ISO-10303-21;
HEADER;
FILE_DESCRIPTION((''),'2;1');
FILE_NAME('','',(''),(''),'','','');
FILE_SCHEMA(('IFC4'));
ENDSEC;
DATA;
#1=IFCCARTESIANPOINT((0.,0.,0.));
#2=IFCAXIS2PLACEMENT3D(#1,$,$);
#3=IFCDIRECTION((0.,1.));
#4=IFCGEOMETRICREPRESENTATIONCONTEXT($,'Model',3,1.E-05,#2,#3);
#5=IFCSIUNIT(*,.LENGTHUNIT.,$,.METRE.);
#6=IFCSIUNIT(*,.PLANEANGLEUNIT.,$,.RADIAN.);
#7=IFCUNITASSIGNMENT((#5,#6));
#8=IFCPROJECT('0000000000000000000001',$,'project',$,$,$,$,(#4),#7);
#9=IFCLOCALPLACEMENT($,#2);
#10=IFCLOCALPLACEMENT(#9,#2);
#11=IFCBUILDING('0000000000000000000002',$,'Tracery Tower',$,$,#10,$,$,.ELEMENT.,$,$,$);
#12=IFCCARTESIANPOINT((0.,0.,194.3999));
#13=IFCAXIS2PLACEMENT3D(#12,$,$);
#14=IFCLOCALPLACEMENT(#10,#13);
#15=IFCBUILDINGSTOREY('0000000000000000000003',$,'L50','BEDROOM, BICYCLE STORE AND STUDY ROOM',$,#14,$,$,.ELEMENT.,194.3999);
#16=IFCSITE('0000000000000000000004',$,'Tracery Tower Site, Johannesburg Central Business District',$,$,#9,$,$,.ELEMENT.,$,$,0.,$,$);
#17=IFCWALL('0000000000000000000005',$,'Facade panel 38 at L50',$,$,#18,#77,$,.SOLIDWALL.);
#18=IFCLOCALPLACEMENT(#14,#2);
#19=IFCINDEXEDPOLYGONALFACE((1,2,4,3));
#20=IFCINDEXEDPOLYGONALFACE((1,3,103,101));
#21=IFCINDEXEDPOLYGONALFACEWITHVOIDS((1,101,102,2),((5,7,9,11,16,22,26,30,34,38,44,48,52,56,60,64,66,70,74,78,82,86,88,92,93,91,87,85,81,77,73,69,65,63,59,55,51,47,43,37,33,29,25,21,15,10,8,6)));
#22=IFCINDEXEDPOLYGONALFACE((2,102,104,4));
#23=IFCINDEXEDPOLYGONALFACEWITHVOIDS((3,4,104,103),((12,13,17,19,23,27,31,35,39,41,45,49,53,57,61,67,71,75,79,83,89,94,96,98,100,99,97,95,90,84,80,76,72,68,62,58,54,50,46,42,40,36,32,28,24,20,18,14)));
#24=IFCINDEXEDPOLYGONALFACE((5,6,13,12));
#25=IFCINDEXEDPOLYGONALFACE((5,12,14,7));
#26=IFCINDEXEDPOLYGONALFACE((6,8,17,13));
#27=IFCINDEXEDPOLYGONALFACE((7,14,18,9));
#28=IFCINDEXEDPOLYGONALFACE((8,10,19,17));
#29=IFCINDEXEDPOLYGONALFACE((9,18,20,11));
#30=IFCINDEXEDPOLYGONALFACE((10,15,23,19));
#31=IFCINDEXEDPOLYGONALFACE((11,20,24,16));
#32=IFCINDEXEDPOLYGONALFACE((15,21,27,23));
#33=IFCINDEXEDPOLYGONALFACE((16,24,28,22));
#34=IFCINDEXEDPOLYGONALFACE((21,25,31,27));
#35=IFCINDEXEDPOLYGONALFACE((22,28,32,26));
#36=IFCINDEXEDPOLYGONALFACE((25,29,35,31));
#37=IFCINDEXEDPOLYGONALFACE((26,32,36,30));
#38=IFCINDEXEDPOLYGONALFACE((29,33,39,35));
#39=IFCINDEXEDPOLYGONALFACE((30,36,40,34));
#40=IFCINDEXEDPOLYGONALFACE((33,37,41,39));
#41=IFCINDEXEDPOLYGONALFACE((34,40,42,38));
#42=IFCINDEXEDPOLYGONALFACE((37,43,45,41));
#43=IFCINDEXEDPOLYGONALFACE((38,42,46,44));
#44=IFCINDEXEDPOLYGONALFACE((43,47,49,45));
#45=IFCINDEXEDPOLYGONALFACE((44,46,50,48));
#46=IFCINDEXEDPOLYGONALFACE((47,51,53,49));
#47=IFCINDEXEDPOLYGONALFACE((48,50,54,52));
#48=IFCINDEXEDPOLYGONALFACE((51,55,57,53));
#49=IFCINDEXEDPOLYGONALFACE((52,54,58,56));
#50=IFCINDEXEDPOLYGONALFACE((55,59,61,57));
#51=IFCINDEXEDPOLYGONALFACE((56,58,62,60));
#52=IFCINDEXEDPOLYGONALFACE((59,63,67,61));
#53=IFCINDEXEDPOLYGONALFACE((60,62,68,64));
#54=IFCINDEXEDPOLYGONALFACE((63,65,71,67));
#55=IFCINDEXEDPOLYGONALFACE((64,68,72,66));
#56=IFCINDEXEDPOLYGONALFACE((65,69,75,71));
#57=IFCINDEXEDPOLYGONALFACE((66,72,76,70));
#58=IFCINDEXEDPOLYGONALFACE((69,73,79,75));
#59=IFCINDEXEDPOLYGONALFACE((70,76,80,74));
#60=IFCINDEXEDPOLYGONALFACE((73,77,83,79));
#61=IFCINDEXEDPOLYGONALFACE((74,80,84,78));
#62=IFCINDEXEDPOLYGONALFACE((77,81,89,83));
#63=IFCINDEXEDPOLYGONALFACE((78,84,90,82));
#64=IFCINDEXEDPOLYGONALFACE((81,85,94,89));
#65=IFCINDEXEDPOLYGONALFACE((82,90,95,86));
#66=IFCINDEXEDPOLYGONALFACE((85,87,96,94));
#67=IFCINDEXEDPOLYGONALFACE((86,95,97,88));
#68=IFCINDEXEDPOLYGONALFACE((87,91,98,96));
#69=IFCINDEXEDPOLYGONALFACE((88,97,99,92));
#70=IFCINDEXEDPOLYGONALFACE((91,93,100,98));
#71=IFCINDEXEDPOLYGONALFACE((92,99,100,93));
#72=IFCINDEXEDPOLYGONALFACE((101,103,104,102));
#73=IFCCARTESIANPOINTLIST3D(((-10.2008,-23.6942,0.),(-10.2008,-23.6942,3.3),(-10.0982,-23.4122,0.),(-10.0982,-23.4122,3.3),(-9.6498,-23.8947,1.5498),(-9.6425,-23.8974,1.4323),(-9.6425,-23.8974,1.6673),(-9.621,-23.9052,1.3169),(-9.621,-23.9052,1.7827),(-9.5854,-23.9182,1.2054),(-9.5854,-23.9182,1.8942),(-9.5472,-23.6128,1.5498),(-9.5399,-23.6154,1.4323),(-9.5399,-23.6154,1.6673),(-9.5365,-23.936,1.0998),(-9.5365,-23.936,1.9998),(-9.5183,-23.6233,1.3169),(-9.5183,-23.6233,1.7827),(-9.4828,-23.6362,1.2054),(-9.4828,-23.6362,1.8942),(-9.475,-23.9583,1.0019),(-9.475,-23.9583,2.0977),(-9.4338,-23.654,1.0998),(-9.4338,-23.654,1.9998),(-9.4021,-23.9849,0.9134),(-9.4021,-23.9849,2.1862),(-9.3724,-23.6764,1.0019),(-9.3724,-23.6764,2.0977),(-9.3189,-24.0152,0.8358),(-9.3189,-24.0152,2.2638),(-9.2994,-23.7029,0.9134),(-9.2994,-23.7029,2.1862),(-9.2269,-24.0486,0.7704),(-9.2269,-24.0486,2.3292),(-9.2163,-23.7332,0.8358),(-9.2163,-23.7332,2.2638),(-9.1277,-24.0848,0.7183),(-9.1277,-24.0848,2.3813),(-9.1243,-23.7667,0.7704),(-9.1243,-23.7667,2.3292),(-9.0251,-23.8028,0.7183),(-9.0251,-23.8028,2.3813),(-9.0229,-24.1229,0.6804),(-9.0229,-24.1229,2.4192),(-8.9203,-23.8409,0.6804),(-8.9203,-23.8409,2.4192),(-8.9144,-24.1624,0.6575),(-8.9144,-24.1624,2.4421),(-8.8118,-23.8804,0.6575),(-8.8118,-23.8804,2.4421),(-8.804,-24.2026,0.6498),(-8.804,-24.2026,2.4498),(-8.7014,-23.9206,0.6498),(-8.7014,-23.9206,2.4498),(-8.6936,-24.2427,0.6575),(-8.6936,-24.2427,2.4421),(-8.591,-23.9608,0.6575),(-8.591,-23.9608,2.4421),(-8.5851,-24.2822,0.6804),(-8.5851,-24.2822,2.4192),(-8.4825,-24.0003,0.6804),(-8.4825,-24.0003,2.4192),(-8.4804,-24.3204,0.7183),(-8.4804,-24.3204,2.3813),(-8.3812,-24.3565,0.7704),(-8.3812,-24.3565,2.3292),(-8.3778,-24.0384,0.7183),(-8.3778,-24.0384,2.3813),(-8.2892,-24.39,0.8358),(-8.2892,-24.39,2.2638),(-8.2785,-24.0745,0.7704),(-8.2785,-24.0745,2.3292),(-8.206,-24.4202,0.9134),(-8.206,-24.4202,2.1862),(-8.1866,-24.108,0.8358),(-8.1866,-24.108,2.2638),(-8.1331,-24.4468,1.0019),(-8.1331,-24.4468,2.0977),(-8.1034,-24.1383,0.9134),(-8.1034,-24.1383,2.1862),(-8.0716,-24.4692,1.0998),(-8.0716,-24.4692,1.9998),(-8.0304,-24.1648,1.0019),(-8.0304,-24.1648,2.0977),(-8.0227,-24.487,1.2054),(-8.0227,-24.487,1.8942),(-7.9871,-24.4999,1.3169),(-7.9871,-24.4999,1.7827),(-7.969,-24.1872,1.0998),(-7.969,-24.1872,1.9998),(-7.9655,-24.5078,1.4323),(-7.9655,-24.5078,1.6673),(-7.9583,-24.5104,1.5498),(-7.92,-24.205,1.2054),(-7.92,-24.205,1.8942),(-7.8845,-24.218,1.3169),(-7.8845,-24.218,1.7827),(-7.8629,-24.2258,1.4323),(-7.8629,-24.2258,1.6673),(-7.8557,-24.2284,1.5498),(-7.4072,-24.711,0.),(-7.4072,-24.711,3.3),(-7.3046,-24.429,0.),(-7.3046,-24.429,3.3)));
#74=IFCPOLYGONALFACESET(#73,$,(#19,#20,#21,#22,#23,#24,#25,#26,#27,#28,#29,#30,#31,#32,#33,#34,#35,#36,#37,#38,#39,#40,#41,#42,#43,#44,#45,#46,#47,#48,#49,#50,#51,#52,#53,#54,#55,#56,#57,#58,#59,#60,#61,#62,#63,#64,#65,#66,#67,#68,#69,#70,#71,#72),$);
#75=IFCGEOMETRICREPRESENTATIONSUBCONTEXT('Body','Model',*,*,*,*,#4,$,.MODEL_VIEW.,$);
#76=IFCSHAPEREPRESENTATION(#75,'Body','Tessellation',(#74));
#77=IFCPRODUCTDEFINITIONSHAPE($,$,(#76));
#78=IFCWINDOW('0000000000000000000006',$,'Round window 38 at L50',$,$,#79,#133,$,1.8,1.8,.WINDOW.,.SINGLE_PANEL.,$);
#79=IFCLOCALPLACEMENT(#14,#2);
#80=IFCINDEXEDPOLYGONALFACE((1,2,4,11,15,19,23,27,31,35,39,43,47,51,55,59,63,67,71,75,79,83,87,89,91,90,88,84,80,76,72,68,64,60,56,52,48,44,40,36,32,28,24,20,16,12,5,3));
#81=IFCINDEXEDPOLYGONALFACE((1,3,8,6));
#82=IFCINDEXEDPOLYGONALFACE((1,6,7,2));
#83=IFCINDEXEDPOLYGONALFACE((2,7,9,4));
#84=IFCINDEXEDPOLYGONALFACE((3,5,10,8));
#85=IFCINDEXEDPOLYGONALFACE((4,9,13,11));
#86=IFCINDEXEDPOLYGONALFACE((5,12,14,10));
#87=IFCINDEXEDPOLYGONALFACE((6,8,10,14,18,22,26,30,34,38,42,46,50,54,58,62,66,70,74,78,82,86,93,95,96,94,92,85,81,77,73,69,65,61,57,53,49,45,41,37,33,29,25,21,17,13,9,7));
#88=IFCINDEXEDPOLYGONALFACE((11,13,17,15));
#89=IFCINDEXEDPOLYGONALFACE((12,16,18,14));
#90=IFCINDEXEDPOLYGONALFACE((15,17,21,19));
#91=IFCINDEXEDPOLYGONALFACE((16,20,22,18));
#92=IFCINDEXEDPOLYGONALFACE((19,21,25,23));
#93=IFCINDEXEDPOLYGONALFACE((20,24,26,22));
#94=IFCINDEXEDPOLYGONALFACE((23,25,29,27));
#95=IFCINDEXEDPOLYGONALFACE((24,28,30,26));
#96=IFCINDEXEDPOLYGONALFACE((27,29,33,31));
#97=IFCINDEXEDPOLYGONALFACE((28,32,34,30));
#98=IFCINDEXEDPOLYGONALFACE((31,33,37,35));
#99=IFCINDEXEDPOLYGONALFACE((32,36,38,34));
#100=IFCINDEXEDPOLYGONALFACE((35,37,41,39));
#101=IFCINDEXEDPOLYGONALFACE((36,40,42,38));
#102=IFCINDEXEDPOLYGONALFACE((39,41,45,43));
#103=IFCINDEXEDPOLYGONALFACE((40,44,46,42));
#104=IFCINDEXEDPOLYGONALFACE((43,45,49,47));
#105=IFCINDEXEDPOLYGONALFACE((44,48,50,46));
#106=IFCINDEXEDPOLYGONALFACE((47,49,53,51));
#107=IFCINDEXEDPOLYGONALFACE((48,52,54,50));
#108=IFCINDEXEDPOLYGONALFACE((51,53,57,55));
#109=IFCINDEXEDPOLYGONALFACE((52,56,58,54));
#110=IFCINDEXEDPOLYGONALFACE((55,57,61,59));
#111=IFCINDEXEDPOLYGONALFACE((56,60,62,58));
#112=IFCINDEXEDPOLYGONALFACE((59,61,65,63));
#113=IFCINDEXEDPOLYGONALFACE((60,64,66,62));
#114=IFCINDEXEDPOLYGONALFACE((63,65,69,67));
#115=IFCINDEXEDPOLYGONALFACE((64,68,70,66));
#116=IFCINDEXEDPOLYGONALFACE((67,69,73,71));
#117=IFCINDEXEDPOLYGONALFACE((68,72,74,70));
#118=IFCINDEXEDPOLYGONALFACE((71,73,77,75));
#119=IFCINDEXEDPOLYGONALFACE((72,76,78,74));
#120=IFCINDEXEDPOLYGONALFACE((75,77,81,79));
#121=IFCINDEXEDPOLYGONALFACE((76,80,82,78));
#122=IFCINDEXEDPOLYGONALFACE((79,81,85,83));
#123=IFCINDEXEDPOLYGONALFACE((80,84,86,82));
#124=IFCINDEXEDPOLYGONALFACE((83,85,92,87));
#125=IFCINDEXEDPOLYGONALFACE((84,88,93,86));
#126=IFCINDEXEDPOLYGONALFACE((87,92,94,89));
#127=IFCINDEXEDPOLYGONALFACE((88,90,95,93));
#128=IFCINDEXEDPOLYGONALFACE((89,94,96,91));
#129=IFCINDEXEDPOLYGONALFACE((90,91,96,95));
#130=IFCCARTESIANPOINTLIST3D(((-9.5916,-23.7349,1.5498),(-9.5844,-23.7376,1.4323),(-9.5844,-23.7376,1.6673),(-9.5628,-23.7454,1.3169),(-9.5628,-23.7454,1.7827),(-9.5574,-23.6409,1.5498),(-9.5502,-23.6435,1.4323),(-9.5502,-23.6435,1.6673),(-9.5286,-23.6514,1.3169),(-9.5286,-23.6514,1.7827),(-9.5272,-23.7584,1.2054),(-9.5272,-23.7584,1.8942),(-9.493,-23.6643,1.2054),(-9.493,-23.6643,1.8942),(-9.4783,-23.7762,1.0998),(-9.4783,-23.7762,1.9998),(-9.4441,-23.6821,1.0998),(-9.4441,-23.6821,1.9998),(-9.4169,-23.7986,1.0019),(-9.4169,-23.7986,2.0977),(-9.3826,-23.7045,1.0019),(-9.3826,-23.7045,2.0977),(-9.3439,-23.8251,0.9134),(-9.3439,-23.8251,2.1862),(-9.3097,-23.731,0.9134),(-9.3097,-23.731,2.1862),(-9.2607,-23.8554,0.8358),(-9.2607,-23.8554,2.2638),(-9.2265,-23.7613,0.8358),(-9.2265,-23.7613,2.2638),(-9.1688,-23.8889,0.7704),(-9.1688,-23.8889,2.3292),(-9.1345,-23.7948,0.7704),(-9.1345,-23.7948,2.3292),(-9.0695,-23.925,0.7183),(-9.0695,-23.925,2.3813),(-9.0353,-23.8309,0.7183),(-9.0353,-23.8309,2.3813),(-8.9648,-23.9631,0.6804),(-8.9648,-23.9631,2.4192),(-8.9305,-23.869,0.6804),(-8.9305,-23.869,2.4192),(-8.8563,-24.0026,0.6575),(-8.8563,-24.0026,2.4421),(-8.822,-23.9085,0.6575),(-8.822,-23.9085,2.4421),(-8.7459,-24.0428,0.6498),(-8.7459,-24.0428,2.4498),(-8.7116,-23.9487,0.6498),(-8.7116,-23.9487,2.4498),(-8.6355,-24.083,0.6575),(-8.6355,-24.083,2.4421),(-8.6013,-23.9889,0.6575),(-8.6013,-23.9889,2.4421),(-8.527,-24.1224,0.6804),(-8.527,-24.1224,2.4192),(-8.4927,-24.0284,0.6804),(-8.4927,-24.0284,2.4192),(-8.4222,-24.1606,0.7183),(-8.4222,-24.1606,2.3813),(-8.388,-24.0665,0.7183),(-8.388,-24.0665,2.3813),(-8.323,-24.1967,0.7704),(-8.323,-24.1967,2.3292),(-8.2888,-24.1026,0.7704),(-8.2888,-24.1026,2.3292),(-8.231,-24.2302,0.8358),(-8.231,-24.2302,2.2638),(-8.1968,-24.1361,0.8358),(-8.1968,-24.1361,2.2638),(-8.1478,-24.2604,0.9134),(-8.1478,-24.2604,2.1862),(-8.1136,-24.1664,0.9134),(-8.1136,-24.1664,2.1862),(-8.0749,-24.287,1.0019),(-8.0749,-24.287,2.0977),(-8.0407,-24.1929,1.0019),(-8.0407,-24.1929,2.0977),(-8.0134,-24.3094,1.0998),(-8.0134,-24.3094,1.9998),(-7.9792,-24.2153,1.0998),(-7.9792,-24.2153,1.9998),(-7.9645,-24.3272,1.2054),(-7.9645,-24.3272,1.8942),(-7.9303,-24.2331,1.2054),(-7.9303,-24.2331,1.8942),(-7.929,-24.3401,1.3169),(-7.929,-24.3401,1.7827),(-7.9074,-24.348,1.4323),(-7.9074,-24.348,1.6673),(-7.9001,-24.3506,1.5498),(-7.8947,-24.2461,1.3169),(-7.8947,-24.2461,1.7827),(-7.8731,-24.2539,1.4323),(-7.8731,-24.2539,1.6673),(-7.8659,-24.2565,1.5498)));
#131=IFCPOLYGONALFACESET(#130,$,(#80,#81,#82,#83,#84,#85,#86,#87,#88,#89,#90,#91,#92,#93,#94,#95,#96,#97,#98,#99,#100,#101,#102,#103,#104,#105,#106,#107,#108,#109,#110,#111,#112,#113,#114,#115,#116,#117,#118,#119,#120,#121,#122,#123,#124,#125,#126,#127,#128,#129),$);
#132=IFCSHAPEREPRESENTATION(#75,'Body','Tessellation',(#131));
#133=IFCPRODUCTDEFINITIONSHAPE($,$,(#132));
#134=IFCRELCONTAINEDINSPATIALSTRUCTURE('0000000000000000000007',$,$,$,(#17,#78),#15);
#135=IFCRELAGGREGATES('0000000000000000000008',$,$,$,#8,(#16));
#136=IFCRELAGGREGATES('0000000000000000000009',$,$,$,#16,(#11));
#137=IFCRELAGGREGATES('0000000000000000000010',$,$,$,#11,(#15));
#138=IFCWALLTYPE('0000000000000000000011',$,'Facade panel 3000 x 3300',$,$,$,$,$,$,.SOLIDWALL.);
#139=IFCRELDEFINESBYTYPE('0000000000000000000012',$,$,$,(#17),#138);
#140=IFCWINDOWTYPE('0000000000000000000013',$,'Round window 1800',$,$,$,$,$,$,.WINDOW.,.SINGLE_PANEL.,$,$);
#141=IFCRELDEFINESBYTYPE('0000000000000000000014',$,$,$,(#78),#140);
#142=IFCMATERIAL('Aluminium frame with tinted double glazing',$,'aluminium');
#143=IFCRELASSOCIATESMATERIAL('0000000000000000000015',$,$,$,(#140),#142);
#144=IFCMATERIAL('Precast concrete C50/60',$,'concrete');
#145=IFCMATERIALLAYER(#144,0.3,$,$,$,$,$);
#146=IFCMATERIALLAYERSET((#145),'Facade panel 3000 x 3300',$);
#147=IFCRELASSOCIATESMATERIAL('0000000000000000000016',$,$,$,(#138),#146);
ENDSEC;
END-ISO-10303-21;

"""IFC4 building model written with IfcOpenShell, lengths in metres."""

from ifc_helpers import new_model, si_unit, direction, frame, frame_2d, origin, origin_2d, place, context, subcontext, project, spatial, rectangle, circle, extrude, material, layer, layer_set, type_object, element, fill, save


model = new_model("IFC4")

# Units and contexts
model_context = context("Model", 3, precision=1e-05, world=origin(), true_north=direction((0.0, 1.0)))
body_context = subcontext(model_context, "Body", "Model", "MODEL_VIEW")
ifc_project = project(units=[si_unit("LENGTHUNIT", "METRE"), si_unit("PLANEANGLEUNIT", "RADIAN")], contexts=[model_context])

# Site, building, storey
site_placement = place(None, origin())
site = spatial("IfcSite", under=ifc_project, at=site_placement, Name="Tracery Tower Site, Johannesburg Central Business District", CompositionType="ELEMENT", RefElevation=0.0)
building_placement = place(site_placement, origin())
building = spatial("IfcBuilding", under=site, at=building_placement, Name="Tracery Tower", CompositionType="ELEMENT")
storey_placement = place(building_placement, frame((0.0, 0.0, 194.3999)))
storey = spatial("IfcBuildingStorey", under=building, at=storey_placement, Name="L50", Description="BEDROOM, BICYCLE STORE AND STUDY ROOM", CompositionType="ELEMENT", Elevation=194.3999)

# Wall, opening, window
ifc_material_1 = material(Name="Aluminium frame with tinted double glazing", Category="aluminium")
window_type = type_object("IfcWindowType", Name="Round window 1800", PartitioningType="SINGLE_PANEL", PredefinedType="WINDOW", material=ifc_material_1)
ifc_material_2 = material(Name="Precast concrete C50/60", Category="concrete")
ifc_layer_1 = layer(ifc_material_2, 0.3)
ifc_layer_set_1 = layer_set([ifc_layer_1], Name="Facade panel 3000 x 3300")
wall_type_1 = type_object("IfcWallType", Name="Facade panel 3000 x 3300", PredefinedType="SOLIDWALL", material=ifc_layer_set_1)
wall_1_placement = place(storey_placement, frame((-10.1494, -23.5532, 0.0), z_axis=(0.0, 0.0, 1.0), x_axis=(0.93969, -0.342027, 0.0)))
wall_1 = element("IfcWall", 1, at=wall_1_placement, inside=storey, type_object=wall_type_1, Name="Facade panel 38 at L50", PredefinedType="SOLIDWALL", context=body_context, shape_type="SweptSolid", body=[
    extrude(rectangle(XDim=2.9729, YDim=0.3, at=frame_2d((1.4863, 0.0))), origin(), (0.0, 0.0, 1.0), 3.3),
])
opening_1_placement = place(wall_1_placement, frame((1.4863, 0.0, 1.5498)))
opening_1 = element("IfcOpeningElement", 2, at=opening_1_placement, cuts=wall_1, PredefinedType="OPENING", context=body_context, shape_type="SweptSolid", body=[
    extrude(circle(Radius=0.9, at=origin_2d()), frame((0.0, 0.1599, 0.0), z_axis=(0.0, -1.0, 0.0), x_axis=(1.0, 0.0, 0.0)), (0.0, 0.0, 1.0), 0.3201),
])
window_1_placement = place(opening_1_placement, origin())
window_1 = element("IfcWindow", 3, at=window_1_placement, inside=storey, type_object=window_type, Name="Round window 38 at L50", OverallHeight=1.8, OverallWidth=1.8, PartitioningType="SINGLE_PANEL", PredefinedType="WINDOW", context=body_context, shape_type="SweptSolid", body=[
    extrude(circle(Radius=0.9, at=origin_2d()), frame((0.0, 0.1201, 0.0), z_axis=(0.0, -1.0, 0.0), x_axis=(1.0, 0.0, 0.0)), (0.0, 0.0, 1.0), 0.1001),
])
fill(opening_1, window_1)

save(model, "model.ifc")
